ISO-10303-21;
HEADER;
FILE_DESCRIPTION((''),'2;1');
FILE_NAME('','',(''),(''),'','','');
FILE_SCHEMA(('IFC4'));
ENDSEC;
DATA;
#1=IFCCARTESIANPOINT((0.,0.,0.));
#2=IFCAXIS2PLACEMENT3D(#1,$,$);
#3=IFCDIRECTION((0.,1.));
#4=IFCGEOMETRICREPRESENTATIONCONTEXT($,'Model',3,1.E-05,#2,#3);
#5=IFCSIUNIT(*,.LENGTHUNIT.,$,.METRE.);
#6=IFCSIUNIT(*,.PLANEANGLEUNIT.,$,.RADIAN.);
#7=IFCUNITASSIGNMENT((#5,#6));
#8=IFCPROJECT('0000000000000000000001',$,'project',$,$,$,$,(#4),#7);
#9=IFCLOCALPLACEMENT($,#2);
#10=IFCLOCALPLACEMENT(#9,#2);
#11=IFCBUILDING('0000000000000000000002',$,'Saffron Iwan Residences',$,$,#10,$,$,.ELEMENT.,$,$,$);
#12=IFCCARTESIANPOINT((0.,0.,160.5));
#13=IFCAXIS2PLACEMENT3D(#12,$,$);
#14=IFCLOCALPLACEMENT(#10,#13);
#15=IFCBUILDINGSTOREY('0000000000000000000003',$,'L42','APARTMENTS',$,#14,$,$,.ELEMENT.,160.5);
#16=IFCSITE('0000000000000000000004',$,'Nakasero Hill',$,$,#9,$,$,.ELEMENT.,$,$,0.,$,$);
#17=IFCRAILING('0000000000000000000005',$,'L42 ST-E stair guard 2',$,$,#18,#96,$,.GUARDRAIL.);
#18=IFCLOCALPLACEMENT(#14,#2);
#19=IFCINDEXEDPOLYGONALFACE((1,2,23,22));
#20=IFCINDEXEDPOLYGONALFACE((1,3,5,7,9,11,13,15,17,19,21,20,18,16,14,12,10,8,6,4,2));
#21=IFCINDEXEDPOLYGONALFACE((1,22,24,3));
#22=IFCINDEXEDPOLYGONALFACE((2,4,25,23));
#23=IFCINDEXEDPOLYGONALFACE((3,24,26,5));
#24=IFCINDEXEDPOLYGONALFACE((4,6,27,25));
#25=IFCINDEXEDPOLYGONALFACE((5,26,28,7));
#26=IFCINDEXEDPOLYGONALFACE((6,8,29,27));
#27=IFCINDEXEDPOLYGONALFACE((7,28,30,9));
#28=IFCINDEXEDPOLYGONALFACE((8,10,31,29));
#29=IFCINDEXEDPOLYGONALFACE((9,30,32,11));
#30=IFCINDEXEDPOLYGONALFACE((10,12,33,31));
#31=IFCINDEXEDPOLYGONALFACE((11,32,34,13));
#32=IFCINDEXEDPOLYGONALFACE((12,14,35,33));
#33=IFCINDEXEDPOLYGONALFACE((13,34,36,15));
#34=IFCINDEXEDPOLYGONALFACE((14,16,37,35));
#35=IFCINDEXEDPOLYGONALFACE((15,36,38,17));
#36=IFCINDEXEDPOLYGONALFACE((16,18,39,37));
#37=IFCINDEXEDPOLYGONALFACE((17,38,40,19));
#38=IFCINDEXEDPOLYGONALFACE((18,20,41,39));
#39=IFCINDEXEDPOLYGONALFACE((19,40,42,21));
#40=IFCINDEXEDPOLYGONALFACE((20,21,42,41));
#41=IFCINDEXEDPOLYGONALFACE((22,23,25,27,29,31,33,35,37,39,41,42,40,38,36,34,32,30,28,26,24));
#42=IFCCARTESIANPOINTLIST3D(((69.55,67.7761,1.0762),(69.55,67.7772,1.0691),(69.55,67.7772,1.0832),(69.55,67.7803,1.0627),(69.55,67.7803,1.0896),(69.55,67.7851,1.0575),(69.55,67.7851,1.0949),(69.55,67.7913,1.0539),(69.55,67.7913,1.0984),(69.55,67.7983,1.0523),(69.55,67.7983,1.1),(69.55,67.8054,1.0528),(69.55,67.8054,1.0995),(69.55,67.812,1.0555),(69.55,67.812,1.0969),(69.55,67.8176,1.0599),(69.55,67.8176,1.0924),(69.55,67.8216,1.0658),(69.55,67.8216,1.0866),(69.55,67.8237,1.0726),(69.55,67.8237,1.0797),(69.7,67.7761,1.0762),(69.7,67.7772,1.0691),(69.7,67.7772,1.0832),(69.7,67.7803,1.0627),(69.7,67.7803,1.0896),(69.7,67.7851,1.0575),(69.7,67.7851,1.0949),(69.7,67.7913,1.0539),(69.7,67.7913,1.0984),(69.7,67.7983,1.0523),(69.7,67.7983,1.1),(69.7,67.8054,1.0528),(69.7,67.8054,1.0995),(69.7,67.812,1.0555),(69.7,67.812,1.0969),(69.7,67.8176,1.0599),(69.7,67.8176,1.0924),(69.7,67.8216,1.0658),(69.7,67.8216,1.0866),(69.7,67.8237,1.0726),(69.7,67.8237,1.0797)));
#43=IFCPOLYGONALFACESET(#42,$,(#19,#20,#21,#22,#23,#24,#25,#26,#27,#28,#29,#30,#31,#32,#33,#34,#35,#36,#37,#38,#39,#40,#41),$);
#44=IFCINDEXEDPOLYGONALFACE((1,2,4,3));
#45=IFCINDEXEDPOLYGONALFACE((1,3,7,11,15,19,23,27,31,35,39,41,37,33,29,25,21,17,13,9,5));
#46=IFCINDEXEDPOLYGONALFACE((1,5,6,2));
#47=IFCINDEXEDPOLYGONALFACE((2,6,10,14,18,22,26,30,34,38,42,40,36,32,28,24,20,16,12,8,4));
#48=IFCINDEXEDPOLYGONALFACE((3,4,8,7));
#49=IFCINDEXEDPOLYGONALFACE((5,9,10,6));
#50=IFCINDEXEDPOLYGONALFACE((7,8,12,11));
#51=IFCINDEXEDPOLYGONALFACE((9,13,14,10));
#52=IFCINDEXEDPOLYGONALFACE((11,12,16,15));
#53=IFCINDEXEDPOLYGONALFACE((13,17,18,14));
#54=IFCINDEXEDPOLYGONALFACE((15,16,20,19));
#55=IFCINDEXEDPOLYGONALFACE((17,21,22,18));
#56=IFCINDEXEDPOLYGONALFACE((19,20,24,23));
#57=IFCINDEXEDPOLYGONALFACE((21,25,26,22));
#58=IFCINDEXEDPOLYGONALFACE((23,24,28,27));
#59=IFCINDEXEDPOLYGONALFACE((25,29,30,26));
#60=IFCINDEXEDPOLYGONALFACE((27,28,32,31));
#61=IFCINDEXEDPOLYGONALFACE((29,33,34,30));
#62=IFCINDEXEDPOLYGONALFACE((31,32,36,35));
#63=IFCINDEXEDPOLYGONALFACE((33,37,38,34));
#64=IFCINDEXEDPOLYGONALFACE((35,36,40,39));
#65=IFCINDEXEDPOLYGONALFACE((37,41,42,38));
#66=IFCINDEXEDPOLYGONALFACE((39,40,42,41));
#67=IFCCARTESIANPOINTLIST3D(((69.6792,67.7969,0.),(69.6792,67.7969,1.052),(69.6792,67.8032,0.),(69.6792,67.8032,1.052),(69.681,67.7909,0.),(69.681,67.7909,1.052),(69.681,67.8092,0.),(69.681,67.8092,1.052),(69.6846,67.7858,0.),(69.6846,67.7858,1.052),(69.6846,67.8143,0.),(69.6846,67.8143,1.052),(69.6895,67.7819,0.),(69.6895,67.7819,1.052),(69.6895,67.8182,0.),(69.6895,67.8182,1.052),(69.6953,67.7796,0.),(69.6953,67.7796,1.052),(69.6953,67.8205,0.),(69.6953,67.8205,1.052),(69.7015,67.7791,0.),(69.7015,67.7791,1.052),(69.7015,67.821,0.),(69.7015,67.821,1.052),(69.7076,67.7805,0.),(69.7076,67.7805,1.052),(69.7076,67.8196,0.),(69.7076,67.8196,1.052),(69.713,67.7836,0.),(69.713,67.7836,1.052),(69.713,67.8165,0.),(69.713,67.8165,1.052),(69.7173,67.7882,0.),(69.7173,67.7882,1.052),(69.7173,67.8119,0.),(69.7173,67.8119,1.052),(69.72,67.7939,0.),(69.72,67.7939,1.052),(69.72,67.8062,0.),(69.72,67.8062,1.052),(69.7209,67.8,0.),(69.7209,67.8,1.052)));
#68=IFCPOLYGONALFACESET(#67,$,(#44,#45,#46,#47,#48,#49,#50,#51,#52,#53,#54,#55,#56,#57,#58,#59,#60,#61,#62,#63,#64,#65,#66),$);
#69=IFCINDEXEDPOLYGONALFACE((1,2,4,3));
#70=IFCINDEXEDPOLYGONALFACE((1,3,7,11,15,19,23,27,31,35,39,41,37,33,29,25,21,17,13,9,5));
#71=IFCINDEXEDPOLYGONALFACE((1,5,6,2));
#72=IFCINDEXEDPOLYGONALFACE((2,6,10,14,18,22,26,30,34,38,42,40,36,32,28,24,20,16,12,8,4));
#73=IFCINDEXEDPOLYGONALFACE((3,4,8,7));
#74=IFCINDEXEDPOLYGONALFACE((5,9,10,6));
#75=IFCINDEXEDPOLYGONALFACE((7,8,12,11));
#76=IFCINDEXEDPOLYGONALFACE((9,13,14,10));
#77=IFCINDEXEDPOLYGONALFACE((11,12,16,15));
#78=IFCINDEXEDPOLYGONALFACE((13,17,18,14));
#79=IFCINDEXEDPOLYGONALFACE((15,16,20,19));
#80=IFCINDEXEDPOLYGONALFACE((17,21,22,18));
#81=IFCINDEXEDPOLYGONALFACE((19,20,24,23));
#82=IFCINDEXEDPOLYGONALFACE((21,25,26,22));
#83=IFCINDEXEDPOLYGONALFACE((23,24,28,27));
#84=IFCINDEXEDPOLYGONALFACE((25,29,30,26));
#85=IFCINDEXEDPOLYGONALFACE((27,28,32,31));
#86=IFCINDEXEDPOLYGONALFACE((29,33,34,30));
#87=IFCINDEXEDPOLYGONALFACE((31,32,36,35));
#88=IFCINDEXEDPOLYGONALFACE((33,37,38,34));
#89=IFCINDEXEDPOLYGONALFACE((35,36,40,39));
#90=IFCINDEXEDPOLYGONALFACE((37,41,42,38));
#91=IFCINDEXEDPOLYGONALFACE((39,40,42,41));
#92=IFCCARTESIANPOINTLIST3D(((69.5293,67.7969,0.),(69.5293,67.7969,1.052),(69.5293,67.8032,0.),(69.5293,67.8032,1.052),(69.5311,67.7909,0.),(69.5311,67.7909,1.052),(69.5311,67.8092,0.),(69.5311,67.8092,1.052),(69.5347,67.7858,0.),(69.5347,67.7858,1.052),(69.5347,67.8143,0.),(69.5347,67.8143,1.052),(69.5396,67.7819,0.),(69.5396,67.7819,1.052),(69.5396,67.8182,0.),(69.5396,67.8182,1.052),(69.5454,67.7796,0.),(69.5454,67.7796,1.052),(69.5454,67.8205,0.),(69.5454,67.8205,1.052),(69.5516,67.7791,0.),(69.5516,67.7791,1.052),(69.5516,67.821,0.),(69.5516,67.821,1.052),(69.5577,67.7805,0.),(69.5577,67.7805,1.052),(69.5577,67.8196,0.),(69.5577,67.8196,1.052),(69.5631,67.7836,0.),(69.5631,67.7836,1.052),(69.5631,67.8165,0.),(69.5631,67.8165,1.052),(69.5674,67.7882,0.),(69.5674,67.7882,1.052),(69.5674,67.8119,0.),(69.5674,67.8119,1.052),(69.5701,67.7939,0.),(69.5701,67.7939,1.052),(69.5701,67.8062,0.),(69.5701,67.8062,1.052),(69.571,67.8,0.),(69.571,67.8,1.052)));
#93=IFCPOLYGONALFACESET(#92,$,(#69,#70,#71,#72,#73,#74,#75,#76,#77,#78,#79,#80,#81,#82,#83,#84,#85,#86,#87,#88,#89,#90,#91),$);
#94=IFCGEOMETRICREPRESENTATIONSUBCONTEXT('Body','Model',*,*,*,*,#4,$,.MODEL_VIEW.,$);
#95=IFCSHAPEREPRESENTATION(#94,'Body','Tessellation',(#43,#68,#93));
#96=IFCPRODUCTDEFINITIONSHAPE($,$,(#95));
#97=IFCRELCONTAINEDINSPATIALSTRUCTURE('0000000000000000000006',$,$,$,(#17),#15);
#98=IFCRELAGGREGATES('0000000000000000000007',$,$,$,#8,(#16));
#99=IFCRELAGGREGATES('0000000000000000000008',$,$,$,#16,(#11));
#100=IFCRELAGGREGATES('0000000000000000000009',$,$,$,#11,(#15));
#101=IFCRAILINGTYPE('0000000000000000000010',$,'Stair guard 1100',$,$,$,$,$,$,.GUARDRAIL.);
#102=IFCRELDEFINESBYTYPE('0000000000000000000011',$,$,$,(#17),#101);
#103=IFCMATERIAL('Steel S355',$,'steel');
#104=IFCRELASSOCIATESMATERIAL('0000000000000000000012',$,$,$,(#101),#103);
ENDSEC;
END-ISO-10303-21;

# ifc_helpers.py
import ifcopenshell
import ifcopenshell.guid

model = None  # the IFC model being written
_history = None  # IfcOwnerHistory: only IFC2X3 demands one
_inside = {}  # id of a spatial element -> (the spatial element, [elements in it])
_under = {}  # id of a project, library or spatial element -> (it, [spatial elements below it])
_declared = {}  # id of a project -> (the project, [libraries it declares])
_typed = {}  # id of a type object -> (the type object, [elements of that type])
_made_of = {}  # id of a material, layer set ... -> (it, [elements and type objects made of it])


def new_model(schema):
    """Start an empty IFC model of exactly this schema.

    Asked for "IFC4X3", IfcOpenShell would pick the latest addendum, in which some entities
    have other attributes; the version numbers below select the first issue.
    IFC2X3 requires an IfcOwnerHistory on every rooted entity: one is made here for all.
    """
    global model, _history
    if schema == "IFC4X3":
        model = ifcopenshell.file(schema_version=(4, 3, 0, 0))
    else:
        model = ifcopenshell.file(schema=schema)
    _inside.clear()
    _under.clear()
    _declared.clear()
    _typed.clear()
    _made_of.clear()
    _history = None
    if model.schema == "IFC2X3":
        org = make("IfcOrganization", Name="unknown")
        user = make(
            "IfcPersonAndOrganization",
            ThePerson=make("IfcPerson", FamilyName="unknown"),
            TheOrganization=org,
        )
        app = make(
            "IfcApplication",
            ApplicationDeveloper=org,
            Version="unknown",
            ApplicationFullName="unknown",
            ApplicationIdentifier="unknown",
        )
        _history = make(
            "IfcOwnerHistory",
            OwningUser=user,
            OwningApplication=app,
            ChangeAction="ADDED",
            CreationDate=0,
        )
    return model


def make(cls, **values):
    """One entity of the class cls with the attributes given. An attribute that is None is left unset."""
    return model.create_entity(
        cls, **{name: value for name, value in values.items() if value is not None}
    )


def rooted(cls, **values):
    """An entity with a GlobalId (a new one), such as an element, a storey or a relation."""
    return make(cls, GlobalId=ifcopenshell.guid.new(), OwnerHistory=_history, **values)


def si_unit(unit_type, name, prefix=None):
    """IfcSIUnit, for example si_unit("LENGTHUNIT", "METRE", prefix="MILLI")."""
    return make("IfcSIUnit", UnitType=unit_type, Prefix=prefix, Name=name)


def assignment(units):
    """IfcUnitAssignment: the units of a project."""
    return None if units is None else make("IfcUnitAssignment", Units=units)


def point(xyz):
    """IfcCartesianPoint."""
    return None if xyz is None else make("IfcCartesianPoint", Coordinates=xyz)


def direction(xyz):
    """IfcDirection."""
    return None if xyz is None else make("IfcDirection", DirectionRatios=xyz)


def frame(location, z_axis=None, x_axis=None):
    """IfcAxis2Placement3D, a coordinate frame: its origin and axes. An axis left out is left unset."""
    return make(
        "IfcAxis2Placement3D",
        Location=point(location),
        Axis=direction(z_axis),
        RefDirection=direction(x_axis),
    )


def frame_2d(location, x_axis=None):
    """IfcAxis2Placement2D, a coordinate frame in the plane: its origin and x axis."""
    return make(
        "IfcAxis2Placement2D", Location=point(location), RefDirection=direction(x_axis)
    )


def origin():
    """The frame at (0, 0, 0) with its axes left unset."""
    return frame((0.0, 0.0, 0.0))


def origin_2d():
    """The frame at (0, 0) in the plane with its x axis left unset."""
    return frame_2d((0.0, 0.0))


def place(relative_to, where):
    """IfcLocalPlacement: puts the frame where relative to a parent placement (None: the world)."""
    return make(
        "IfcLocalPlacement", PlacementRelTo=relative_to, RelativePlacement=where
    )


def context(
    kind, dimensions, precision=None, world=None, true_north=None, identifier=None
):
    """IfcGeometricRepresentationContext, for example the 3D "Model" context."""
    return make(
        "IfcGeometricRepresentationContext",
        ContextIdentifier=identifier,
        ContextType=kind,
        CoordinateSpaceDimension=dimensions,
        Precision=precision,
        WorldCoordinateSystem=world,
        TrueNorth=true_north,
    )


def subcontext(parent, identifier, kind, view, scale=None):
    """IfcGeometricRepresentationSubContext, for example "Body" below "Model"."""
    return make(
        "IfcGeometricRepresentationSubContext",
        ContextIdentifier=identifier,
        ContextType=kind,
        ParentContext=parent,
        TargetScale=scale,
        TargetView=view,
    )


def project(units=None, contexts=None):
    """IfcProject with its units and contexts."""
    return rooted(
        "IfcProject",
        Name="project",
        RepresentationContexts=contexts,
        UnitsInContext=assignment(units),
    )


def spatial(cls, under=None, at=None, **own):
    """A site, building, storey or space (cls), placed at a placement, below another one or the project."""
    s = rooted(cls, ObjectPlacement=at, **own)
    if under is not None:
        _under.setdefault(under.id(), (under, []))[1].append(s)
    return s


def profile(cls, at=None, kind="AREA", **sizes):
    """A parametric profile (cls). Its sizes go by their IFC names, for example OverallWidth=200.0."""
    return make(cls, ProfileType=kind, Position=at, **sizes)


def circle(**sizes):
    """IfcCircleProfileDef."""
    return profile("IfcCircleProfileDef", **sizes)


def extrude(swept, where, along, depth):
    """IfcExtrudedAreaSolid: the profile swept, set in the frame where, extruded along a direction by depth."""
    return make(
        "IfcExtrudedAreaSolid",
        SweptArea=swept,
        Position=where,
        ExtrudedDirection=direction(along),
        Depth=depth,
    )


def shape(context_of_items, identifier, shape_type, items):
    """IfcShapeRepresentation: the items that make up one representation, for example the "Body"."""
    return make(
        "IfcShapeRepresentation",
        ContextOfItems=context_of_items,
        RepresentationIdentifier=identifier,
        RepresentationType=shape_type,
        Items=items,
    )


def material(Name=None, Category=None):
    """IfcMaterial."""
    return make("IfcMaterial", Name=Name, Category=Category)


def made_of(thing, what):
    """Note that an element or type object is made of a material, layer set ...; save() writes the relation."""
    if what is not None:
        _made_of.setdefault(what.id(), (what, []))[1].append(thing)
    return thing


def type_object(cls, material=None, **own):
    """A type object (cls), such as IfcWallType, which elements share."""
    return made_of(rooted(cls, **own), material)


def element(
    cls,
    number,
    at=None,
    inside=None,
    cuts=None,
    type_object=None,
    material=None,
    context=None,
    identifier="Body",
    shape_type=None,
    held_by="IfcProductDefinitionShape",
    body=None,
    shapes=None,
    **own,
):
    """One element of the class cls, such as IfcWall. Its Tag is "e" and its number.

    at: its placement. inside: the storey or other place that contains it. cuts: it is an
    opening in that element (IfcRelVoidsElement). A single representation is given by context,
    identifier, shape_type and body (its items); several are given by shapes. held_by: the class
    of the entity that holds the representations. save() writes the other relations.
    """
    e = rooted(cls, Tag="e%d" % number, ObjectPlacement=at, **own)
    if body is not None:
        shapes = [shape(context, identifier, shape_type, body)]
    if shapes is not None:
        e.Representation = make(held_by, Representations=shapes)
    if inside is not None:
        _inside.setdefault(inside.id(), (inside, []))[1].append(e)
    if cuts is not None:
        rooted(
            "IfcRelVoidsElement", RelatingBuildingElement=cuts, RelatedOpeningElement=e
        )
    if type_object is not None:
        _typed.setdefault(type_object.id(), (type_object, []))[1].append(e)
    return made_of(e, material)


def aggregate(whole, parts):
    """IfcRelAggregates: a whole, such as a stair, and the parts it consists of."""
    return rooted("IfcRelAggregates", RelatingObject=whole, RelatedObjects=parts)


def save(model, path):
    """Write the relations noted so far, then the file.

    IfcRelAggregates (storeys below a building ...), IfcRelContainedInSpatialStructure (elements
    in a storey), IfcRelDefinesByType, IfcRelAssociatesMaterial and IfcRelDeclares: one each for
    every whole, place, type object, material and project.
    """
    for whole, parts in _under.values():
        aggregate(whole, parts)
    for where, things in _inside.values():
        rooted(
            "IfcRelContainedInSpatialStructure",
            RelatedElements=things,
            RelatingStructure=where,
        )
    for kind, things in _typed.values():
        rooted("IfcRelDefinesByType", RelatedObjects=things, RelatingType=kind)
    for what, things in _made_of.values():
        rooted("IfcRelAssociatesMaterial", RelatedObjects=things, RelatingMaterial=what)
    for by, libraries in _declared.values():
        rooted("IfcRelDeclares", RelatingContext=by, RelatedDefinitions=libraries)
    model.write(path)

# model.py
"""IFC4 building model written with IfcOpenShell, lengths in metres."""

from ifc_helpers import new_model, si_unit, direction, frame, origin, origin_2d, place, context, subcontext, project, spatial, circle, extrude, material, type_object, element, save


model = new_model("IFC4")

# Units and contexts
model_context = context("Model", 3, precision=1e-05, world=origin(), true_north=direction((0.0, 1.0)))
body_context = subcontext(model_context, "Body", "Model", "MODEL_VIEW")
ifc_project = project(units=[si_unit("LENGTHUNIT", "METRE"), si_unit("PLANEANGLEUNIT", "RADIAN")], contexts=[model_context])

# Site, building, storey
site_placement = place(None, origin())
site = spatial("IfcSite", under=ifc_project, at=site_placement, Name="Nakasero Hill", CompositionType="ELEMENT", RefElevation=0.0)
building_placement = place(site_placement, origin())
building = spatial("IfcBuilding", under=site, at=building_placement, Name="Saffron Iwan Residences", CompositionType="ELEMENT")
storey_placement = place(building_placement, frame((0.0, 0.0, 160.5)))
storey = spatial("IfcBuildingStorey", under=building, at=storey_placement, Name="L42", Description="APARTMENTS", CompositionType="ELEMENT", Elevation=160.5)

# Railing
ifc_material_1 = material(Name="Steel S355", Category="steel")
railing_type_1 = type_object("IfcRailingType", Name="Stair guard 1100", PredefinedType="GUARDRAIL", material=ifc_material_1)
railing_1_placement = place(storey_placement, frame((69.7, 67.8, 0.0)))
element("IfcRailing", 1, at=railing_1_placement, inside=storey, type_object=railing_type_1, Name="L42 ST-E stair guard 2", PredefinedType="GUARDRAIL", context=body_context, shape_type="SweptSolid", body=[
    extrude(circle(Radius=0.0239, at=origin_2d()), frame((0.0, 0.0, 1.0762), z_axis=(-1.0, 0.0, 0.0), x_axis=(0.0, -1.0, 0.0)), (0.0, 0.0, 1.0), 0.1499),
    extrude(circle(Radius=0.021, at=origin_2d()), origin(), (0.0, 0.0, 1.0), 1.052),
    extrude(circle(Radius=0.021, at=origin_2d()), frame((-0.1499, 0.0, 0.0)), (0.0, 0.0, 1.0), 1.052),
])

save(model, "model.ifc")
